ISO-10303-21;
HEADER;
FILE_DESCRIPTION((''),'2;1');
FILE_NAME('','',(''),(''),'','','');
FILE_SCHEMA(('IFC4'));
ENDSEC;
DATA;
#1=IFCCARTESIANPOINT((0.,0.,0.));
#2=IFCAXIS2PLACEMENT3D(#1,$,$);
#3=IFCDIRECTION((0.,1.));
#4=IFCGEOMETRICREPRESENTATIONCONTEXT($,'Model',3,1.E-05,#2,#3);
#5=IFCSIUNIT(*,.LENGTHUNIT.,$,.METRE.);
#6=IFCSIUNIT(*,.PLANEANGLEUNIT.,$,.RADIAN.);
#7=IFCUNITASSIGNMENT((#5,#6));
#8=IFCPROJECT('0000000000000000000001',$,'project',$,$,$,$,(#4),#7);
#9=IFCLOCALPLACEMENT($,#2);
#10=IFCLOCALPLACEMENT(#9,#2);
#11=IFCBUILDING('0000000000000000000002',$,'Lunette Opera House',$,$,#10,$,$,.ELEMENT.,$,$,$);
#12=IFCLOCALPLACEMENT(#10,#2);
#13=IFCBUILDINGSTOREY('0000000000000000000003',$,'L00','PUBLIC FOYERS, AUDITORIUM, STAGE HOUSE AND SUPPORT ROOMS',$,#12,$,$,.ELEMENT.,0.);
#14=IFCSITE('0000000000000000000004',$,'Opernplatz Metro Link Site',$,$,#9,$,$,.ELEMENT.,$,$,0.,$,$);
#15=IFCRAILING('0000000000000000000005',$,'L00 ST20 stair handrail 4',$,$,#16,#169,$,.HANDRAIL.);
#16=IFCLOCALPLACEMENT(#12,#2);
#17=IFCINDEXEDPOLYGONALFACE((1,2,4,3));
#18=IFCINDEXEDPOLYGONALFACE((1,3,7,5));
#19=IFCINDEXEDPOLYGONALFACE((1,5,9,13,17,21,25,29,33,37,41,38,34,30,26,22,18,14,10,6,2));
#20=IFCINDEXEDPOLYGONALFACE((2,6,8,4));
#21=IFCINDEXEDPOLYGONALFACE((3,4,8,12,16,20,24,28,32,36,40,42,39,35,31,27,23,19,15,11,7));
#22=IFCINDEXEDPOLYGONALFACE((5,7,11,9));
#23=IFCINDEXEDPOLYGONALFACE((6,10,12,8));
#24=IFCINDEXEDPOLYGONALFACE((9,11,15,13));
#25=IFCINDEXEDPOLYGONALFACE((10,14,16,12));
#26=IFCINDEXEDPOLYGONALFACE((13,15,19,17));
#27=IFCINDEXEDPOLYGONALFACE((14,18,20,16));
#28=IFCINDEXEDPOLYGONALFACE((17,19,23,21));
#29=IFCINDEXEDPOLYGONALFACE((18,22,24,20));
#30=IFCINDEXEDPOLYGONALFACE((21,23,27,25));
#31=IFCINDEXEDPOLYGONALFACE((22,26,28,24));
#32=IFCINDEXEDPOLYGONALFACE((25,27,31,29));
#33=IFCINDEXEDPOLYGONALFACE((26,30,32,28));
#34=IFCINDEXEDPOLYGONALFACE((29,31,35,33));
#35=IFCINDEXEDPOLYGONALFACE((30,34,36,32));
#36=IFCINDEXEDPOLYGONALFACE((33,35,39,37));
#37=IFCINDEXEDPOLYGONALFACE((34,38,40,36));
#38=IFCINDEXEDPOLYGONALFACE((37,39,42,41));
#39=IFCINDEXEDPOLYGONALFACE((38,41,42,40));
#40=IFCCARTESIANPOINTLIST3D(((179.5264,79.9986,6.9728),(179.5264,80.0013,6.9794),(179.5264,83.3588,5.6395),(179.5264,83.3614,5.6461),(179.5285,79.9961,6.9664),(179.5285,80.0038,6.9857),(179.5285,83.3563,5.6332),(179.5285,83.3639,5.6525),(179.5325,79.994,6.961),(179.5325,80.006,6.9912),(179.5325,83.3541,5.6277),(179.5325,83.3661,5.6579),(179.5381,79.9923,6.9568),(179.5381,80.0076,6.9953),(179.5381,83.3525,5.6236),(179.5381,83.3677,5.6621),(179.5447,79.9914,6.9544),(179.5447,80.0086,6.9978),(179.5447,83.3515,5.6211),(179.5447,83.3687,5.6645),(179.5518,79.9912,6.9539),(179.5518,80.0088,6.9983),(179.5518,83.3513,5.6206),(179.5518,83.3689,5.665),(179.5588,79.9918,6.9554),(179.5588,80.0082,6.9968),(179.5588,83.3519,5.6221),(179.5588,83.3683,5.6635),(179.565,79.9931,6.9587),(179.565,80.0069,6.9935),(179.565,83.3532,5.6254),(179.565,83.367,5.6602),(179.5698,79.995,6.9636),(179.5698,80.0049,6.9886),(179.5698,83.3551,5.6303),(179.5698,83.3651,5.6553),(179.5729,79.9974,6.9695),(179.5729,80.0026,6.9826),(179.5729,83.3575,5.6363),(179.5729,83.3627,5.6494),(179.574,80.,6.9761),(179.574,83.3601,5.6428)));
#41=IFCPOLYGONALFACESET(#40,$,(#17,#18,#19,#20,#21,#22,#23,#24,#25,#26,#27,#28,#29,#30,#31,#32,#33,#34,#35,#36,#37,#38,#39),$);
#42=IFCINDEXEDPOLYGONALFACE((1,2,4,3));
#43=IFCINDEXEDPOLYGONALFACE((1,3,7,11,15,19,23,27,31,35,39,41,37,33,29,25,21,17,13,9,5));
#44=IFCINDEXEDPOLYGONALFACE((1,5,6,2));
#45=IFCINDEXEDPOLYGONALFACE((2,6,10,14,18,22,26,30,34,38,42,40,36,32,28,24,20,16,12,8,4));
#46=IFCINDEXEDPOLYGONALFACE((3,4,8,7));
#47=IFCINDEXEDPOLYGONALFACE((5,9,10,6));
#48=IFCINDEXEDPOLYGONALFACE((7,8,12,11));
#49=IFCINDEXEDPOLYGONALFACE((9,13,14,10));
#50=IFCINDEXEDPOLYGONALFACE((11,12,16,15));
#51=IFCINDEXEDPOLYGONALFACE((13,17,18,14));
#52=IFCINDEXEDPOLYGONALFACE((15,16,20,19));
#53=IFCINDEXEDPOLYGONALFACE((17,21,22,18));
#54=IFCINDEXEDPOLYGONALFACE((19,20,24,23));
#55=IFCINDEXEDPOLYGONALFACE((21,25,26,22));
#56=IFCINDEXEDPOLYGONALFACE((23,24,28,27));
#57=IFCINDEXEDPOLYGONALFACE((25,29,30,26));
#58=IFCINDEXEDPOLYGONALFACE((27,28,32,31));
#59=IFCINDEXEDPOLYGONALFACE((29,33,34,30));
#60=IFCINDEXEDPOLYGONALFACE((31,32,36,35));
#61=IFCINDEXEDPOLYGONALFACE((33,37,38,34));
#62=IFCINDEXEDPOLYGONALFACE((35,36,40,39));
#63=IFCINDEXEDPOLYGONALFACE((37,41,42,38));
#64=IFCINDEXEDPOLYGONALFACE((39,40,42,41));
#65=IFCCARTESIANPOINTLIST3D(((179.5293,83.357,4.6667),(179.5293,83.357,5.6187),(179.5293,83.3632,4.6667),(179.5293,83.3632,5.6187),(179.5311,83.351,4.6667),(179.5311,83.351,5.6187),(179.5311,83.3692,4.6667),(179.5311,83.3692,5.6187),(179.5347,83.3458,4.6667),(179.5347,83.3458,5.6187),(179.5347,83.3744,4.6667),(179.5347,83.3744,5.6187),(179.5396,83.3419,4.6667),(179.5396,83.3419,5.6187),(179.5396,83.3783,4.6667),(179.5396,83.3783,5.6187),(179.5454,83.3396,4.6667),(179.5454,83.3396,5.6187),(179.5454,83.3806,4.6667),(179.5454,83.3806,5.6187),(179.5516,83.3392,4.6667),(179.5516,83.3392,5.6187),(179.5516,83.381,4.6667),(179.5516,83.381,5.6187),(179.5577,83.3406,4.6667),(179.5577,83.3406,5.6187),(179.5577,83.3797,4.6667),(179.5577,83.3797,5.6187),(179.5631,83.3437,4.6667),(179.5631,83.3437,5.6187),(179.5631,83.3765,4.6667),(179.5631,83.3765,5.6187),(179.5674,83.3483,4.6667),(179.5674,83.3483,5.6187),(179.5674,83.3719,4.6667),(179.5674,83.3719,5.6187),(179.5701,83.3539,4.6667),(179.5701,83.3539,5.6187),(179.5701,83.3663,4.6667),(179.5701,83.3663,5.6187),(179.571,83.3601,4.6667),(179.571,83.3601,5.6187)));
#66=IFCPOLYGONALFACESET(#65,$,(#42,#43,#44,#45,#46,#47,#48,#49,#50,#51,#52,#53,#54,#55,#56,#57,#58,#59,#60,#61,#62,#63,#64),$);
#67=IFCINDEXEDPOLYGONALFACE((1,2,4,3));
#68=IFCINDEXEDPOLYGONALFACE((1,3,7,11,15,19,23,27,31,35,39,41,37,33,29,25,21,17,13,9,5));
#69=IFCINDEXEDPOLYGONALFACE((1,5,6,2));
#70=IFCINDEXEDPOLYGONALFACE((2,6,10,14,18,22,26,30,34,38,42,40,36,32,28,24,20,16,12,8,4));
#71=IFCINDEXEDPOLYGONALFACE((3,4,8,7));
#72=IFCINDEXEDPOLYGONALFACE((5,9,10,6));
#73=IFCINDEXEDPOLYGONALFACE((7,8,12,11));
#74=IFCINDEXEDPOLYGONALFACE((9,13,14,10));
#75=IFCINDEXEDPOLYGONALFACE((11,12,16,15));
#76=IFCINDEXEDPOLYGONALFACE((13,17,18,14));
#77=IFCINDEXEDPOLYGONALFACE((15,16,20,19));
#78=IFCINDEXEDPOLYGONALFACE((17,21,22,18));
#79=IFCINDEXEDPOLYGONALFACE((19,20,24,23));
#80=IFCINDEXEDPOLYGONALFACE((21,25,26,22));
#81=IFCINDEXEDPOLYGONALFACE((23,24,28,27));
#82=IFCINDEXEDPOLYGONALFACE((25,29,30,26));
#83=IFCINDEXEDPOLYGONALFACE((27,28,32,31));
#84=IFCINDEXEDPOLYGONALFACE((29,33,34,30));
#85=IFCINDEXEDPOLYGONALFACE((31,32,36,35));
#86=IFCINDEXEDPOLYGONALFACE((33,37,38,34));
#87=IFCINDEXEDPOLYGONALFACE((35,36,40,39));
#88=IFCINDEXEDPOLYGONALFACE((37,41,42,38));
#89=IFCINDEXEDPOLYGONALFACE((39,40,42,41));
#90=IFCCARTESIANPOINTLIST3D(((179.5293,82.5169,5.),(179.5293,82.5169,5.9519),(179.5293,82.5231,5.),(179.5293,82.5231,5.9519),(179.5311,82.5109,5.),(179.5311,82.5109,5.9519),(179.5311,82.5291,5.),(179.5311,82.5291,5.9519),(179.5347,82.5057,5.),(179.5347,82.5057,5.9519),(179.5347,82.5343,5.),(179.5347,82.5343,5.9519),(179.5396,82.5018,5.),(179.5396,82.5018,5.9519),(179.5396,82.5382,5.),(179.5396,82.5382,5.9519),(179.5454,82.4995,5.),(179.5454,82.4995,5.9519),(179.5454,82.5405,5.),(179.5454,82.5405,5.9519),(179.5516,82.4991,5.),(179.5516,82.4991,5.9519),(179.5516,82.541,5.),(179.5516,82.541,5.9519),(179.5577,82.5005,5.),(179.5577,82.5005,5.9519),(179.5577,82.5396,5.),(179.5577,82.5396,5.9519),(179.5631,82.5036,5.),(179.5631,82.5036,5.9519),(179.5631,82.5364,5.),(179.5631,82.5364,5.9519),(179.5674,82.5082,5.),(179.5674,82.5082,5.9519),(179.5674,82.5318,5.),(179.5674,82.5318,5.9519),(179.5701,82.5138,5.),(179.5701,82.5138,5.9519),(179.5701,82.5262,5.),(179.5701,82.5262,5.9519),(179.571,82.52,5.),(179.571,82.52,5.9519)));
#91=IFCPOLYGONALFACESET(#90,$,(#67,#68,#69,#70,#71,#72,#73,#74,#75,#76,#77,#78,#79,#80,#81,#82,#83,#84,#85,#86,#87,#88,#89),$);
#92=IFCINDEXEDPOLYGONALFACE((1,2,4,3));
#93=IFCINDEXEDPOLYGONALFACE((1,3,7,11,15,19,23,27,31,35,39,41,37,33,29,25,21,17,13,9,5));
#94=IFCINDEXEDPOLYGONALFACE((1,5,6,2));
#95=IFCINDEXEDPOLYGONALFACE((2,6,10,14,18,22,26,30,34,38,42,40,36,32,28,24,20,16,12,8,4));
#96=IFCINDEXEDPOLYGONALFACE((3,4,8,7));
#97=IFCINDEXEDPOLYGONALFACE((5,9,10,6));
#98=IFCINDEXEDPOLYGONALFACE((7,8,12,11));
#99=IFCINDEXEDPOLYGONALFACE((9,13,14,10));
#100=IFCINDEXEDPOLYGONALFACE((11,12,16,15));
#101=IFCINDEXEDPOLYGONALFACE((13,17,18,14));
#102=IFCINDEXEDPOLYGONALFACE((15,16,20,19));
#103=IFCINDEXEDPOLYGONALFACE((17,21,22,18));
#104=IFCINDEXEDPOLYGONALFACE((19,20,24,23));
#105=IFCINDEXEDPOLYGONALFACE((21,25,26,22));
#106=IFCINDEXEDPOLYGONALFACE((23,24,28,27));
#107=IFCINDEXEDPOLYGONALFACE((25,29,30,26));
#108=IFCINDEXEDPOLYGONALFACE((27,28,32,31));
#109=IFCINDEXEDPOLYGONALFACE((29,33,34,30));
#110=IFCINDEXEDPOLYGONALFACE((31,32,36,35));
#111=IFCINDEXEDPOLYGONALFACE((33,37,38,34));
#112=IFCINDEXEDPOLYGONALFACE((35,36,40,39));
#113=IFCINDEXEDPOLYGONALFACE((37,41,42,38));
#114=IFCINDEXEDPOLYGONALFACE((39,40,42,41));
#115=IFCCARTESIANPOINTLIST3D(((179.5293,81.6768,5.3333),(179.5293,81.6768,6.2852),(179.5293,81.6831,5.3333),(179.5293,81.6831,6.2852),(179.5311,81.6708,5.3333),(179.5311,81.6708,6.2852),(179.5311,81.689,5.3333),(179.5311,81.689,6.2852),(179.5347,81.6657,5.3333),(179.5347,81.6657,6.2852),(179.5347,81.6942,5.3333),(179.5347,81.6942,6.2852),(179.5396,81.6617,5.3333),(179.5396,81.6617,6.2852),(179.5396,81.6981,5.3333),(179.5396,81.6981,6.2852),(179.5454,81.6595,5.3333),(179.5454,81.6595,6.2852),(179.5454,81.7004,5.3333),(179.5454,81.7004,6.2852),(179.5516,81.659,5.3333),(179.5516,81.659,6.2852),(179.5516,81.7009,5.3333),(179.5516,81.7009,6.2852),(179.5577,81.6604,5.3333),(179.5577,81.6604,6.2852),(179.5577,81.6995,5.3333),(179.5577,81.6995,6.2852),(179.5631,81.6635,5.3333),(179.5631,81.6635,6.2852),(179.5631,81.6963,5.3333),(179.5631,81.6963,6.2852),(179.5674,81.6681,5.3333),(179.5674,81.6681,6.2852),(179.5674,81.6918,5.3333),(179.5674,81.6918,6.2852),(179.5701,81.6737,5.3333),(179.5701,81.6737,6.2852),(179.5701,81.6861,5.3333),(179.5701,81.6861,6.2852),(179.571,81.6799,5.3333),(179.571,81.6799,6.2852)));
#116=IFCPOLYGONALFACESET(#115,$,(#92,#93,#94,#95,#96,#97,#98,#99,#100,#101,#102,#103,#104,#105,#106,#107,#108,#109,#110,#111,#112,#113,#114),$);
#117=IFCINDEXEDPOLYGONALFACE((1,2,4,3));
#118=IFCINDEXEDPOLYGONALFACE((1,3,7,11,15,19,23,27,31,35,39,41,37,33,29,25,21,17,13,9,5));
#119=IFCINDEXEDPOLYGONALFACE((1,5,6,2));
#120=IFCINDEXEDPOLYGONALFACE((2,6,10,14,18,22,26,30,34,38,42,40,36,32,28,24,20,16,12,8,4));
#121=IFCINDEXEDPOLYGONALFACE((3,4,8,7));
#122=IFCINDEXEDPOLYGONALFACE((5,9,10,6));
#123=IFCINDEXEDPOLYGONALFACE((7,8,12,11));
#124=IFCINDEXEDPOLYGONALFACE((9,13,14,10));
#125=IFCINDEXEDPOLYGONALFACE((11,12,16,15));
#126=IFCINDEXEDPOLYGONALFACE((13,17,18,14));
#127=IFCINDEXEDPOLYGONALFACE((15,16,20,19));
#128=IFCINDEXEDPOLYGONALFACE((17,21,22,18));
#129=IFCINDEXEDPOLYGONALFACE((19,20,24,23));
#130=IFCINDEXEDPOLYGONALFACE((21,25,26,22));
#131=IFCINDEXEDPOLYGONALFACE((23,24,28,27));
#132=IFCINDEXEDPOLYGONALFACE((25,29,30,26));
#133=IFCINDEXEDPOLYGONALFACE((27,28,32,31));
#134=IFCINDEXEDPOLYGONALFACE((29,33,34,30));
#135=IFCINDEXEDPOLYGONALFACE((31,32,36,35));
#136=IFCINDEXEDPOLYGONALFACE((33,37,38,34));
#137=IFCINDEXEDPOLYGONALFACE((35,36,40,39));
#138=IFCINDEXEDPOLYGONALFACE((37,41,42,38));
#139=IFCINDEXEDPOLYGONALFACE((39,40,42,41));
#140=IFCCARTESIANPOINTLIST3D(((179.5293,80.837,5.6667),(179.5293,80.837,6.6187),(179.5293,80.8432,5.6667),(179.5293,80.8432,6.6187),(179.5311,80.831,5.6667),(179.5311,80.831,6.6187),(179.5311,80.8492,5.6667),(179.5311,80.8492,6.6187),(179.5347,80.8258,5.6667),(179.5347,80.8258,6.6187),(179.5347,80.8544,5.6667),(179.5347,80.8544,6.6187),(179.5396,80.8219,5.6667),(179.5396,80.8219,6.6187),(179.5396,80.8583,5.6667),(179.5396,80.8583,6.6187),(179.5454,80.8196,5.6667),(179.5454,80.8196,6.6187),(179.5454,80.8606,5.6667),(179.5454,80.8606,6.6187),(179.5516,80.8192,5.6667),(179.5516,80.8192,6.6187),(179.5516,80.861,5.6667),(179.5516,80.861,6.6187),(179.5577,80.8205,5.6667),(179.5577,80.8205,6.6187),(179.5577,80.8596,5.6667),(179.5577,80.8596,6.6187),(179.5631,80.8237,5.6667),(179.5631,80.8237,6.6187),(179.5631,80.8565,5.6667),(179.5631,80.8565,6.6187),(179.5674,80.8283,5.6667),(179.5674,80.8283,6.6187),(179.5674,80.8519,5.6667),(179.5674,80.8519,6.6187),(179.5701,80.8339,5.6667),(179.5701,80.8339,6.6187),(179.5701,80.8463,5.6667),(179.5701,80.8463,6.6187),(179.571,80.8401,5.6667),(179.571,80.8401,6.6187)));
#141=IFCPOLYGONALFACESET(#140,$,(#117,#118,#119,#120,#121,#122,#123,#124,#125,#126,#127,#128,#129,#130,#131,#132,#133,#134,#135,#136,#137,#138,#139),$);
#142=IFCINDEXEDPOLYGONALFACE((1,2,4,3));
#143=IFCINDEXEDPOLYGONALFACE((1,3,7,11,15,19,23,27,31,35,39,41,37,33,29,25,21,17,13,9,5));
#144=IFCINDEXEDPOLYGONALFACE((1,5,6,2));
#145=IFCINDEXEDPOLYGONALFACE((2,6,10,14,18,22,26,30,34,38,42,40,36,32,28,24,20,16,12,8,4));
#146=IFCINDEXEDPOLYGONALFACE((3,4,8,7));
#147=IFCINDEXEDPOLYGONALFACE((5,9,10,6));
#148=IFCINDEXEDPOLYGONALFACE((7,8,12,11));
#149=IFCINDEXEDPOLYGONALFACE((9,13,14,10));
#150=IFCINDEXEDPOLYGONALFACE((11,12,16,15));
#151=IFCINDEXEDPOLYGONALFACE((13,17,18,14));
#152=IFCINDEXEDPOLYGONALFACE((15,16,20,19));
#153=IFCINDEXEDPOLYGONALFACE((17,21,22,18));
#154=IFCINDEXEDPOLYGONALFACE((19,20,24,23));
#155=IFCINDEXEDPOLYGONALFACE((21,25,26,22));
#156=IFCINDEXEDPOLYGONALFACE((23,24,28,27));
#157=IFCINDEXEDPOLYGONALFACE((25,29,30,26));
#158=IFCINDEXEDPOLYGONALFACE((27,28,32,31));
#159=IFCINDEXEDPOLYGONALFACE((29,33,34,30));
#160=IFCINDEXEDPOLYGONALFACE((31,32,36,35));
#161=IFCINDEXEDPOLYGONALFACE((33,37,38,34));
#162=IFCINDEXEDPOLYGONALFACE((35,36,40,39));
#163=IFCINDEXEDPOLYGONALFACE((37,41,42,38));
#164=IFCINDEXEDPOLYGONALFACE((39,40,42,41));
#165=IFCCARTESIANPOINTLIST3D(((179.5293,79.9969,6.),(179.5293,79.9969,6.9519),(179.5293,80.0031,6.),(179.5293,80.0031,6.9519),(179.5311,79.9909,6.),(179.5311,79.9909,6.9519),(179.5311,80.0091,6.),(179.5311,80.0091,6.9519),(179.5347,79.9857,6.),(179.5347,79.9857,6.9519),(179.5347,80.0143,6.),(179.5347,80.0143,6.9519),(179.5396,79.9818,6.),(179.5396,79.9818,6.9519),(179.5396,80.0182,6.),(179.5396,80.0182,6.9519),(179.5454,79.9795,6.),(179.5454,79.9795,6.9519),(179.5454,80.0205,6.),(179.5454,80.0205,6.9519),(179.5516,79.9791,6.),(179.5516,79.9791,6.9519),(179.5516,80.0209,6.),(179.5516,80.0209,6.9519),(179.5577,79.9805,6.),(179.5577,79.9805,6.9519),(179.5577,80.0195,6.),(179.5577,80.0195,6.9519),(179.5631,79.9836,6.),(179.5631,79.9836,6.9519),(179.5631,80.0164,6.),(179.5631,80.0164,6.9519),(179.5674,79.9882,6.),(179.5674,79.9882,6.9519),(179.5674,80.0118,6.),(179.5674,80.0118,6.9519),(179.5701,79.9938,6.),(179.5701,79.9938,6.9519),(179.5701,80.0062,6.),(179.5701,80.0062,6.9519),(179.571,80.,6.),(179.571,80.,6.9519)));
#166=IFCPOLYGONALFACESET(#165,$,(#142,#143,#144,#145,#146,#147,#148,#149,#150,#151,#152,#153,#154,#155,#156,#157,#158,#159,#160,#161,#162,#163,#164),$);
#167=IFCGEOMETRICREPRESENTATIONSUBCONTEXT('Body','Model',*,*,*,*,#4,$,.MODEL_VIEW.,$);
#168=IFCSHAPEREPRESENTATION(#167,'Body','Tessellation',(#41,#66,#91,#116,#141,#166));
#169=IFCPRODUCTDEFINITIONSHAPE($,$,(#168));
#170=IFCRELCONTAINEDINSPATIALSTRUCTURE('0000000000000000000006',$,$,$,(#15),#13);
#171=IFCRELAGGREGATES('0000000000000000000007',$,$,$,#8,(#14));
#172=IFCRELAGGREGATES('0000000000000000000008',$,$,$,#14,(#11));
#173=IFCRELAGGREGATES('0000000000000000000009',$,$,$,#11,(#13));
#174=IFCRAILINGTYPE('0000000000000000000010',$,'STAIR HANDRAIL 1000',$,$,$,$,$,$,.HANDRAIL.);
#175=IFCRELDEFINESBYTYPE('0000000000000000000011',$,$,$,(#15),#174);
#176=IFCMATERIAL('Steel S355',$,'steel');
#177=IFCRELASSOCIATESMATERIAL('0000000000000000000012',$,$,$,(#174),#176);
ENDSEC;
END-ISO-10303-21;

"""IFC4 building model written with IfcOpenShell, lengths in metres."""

from ifc_helpers import new_model, si_unit, direction, frame, origin, origin_2d, place, context, subcontext, project, spatial, circle, extrude, material, type_object, element, save


model = new_model("IFC4")

# Units and contexts
model_context = context("Model", 3, precision=1e-05, world=origin(), true_north=direction((0.0, 1.0)))
body_context = subcontext(model_context, "Body", "Model", "MODEL_VIEW")
ifc_project = project(units=[si_unit("LENGTHUNIT", "METRE"), si_unit("PLANEANGLEUNIT", "RADIAN")], contexts=[model_context])

# Site, building, storey
site_placement = place(None, origin())
site = spatial("IfcSite", under=ifc_project, at=site_placement, Name="Opernplatz Metro Link Site", CompositionType="ELEMENT", RefElevation=0.0)
building_placement = place(site_placement, origin())
building = spatial("IfcBuilding", under=site, at=building_placement, Name="Lunette Opera House", CompositionType="ELEMENT")
storey_placement = place(building_placement, origin())
storey = spatial("IfcBuildingStorey", under=building, at=storey_placement, Name="L00", Description="PUBLIC FOYERS, AUDITORIUM, STAGE HOUSE AND SUPPORT ROOMS", CompositionType="ELEMENT", Elevation=0.0)

# Railing
ifc_material_1 = material(Name="Steel S355", Category="steel")
railing_type_1 = type_object("IfcRailingType", Name="STAIR HANDRAIL 1000", PredefinedType="HANDRAIL", material=ifc_material_1)
railing_1_placement = place(storey_placement, frame((179.55, 83.3601, 4.6667)))
element("IfcRailing", 1, at=railing_1_placement, inside=storey, type_object=railing_type_1, Name="L00 ST20 stair handrail 4", PredefinedType="HANDRAIL", context=body_context, shape_type="SweptSolid", body=[
    extrude(circle(Radius=0.0239, at=origin_2d()), frame((0.0, 0.0, 0.9761), z_axis=(0.0, -0.929502, 0.368816), x_axis=(1.0, 0.0, 0.0)), (0.0, 0.0, 1.0), 3.615),
    extrude(circle(Radius=0.021, at=origin_2d()), origin(), (0.0, 0.0, 1.0), 0.9519),
    extrude(circle(Radius=0.021, at=origin_2d()), frame((0.0, -0.8401, 0.3333)), (0.0, 0.0, 1.0), 0.9519),
    extrude(circle(Radius=0.021, at=origin_2d()), frame((0.0, -1.6802, 0.6665)), (0.0, 0.0, 1.0), 0.9519),
    extrude(circle(Radius=0.021, at=origin_2d()), frame((0.0, -2.52, 1.0)), (0.0, 0.0, 1.0), 0.9519),
    extrude(circle(Radius=0.021, at=origin_2d()), frame((0.0, -3.3601, 1.3333)), (0.0, 0.0, 1.0), 0.9519),
])

save(model, "model.ifc")
